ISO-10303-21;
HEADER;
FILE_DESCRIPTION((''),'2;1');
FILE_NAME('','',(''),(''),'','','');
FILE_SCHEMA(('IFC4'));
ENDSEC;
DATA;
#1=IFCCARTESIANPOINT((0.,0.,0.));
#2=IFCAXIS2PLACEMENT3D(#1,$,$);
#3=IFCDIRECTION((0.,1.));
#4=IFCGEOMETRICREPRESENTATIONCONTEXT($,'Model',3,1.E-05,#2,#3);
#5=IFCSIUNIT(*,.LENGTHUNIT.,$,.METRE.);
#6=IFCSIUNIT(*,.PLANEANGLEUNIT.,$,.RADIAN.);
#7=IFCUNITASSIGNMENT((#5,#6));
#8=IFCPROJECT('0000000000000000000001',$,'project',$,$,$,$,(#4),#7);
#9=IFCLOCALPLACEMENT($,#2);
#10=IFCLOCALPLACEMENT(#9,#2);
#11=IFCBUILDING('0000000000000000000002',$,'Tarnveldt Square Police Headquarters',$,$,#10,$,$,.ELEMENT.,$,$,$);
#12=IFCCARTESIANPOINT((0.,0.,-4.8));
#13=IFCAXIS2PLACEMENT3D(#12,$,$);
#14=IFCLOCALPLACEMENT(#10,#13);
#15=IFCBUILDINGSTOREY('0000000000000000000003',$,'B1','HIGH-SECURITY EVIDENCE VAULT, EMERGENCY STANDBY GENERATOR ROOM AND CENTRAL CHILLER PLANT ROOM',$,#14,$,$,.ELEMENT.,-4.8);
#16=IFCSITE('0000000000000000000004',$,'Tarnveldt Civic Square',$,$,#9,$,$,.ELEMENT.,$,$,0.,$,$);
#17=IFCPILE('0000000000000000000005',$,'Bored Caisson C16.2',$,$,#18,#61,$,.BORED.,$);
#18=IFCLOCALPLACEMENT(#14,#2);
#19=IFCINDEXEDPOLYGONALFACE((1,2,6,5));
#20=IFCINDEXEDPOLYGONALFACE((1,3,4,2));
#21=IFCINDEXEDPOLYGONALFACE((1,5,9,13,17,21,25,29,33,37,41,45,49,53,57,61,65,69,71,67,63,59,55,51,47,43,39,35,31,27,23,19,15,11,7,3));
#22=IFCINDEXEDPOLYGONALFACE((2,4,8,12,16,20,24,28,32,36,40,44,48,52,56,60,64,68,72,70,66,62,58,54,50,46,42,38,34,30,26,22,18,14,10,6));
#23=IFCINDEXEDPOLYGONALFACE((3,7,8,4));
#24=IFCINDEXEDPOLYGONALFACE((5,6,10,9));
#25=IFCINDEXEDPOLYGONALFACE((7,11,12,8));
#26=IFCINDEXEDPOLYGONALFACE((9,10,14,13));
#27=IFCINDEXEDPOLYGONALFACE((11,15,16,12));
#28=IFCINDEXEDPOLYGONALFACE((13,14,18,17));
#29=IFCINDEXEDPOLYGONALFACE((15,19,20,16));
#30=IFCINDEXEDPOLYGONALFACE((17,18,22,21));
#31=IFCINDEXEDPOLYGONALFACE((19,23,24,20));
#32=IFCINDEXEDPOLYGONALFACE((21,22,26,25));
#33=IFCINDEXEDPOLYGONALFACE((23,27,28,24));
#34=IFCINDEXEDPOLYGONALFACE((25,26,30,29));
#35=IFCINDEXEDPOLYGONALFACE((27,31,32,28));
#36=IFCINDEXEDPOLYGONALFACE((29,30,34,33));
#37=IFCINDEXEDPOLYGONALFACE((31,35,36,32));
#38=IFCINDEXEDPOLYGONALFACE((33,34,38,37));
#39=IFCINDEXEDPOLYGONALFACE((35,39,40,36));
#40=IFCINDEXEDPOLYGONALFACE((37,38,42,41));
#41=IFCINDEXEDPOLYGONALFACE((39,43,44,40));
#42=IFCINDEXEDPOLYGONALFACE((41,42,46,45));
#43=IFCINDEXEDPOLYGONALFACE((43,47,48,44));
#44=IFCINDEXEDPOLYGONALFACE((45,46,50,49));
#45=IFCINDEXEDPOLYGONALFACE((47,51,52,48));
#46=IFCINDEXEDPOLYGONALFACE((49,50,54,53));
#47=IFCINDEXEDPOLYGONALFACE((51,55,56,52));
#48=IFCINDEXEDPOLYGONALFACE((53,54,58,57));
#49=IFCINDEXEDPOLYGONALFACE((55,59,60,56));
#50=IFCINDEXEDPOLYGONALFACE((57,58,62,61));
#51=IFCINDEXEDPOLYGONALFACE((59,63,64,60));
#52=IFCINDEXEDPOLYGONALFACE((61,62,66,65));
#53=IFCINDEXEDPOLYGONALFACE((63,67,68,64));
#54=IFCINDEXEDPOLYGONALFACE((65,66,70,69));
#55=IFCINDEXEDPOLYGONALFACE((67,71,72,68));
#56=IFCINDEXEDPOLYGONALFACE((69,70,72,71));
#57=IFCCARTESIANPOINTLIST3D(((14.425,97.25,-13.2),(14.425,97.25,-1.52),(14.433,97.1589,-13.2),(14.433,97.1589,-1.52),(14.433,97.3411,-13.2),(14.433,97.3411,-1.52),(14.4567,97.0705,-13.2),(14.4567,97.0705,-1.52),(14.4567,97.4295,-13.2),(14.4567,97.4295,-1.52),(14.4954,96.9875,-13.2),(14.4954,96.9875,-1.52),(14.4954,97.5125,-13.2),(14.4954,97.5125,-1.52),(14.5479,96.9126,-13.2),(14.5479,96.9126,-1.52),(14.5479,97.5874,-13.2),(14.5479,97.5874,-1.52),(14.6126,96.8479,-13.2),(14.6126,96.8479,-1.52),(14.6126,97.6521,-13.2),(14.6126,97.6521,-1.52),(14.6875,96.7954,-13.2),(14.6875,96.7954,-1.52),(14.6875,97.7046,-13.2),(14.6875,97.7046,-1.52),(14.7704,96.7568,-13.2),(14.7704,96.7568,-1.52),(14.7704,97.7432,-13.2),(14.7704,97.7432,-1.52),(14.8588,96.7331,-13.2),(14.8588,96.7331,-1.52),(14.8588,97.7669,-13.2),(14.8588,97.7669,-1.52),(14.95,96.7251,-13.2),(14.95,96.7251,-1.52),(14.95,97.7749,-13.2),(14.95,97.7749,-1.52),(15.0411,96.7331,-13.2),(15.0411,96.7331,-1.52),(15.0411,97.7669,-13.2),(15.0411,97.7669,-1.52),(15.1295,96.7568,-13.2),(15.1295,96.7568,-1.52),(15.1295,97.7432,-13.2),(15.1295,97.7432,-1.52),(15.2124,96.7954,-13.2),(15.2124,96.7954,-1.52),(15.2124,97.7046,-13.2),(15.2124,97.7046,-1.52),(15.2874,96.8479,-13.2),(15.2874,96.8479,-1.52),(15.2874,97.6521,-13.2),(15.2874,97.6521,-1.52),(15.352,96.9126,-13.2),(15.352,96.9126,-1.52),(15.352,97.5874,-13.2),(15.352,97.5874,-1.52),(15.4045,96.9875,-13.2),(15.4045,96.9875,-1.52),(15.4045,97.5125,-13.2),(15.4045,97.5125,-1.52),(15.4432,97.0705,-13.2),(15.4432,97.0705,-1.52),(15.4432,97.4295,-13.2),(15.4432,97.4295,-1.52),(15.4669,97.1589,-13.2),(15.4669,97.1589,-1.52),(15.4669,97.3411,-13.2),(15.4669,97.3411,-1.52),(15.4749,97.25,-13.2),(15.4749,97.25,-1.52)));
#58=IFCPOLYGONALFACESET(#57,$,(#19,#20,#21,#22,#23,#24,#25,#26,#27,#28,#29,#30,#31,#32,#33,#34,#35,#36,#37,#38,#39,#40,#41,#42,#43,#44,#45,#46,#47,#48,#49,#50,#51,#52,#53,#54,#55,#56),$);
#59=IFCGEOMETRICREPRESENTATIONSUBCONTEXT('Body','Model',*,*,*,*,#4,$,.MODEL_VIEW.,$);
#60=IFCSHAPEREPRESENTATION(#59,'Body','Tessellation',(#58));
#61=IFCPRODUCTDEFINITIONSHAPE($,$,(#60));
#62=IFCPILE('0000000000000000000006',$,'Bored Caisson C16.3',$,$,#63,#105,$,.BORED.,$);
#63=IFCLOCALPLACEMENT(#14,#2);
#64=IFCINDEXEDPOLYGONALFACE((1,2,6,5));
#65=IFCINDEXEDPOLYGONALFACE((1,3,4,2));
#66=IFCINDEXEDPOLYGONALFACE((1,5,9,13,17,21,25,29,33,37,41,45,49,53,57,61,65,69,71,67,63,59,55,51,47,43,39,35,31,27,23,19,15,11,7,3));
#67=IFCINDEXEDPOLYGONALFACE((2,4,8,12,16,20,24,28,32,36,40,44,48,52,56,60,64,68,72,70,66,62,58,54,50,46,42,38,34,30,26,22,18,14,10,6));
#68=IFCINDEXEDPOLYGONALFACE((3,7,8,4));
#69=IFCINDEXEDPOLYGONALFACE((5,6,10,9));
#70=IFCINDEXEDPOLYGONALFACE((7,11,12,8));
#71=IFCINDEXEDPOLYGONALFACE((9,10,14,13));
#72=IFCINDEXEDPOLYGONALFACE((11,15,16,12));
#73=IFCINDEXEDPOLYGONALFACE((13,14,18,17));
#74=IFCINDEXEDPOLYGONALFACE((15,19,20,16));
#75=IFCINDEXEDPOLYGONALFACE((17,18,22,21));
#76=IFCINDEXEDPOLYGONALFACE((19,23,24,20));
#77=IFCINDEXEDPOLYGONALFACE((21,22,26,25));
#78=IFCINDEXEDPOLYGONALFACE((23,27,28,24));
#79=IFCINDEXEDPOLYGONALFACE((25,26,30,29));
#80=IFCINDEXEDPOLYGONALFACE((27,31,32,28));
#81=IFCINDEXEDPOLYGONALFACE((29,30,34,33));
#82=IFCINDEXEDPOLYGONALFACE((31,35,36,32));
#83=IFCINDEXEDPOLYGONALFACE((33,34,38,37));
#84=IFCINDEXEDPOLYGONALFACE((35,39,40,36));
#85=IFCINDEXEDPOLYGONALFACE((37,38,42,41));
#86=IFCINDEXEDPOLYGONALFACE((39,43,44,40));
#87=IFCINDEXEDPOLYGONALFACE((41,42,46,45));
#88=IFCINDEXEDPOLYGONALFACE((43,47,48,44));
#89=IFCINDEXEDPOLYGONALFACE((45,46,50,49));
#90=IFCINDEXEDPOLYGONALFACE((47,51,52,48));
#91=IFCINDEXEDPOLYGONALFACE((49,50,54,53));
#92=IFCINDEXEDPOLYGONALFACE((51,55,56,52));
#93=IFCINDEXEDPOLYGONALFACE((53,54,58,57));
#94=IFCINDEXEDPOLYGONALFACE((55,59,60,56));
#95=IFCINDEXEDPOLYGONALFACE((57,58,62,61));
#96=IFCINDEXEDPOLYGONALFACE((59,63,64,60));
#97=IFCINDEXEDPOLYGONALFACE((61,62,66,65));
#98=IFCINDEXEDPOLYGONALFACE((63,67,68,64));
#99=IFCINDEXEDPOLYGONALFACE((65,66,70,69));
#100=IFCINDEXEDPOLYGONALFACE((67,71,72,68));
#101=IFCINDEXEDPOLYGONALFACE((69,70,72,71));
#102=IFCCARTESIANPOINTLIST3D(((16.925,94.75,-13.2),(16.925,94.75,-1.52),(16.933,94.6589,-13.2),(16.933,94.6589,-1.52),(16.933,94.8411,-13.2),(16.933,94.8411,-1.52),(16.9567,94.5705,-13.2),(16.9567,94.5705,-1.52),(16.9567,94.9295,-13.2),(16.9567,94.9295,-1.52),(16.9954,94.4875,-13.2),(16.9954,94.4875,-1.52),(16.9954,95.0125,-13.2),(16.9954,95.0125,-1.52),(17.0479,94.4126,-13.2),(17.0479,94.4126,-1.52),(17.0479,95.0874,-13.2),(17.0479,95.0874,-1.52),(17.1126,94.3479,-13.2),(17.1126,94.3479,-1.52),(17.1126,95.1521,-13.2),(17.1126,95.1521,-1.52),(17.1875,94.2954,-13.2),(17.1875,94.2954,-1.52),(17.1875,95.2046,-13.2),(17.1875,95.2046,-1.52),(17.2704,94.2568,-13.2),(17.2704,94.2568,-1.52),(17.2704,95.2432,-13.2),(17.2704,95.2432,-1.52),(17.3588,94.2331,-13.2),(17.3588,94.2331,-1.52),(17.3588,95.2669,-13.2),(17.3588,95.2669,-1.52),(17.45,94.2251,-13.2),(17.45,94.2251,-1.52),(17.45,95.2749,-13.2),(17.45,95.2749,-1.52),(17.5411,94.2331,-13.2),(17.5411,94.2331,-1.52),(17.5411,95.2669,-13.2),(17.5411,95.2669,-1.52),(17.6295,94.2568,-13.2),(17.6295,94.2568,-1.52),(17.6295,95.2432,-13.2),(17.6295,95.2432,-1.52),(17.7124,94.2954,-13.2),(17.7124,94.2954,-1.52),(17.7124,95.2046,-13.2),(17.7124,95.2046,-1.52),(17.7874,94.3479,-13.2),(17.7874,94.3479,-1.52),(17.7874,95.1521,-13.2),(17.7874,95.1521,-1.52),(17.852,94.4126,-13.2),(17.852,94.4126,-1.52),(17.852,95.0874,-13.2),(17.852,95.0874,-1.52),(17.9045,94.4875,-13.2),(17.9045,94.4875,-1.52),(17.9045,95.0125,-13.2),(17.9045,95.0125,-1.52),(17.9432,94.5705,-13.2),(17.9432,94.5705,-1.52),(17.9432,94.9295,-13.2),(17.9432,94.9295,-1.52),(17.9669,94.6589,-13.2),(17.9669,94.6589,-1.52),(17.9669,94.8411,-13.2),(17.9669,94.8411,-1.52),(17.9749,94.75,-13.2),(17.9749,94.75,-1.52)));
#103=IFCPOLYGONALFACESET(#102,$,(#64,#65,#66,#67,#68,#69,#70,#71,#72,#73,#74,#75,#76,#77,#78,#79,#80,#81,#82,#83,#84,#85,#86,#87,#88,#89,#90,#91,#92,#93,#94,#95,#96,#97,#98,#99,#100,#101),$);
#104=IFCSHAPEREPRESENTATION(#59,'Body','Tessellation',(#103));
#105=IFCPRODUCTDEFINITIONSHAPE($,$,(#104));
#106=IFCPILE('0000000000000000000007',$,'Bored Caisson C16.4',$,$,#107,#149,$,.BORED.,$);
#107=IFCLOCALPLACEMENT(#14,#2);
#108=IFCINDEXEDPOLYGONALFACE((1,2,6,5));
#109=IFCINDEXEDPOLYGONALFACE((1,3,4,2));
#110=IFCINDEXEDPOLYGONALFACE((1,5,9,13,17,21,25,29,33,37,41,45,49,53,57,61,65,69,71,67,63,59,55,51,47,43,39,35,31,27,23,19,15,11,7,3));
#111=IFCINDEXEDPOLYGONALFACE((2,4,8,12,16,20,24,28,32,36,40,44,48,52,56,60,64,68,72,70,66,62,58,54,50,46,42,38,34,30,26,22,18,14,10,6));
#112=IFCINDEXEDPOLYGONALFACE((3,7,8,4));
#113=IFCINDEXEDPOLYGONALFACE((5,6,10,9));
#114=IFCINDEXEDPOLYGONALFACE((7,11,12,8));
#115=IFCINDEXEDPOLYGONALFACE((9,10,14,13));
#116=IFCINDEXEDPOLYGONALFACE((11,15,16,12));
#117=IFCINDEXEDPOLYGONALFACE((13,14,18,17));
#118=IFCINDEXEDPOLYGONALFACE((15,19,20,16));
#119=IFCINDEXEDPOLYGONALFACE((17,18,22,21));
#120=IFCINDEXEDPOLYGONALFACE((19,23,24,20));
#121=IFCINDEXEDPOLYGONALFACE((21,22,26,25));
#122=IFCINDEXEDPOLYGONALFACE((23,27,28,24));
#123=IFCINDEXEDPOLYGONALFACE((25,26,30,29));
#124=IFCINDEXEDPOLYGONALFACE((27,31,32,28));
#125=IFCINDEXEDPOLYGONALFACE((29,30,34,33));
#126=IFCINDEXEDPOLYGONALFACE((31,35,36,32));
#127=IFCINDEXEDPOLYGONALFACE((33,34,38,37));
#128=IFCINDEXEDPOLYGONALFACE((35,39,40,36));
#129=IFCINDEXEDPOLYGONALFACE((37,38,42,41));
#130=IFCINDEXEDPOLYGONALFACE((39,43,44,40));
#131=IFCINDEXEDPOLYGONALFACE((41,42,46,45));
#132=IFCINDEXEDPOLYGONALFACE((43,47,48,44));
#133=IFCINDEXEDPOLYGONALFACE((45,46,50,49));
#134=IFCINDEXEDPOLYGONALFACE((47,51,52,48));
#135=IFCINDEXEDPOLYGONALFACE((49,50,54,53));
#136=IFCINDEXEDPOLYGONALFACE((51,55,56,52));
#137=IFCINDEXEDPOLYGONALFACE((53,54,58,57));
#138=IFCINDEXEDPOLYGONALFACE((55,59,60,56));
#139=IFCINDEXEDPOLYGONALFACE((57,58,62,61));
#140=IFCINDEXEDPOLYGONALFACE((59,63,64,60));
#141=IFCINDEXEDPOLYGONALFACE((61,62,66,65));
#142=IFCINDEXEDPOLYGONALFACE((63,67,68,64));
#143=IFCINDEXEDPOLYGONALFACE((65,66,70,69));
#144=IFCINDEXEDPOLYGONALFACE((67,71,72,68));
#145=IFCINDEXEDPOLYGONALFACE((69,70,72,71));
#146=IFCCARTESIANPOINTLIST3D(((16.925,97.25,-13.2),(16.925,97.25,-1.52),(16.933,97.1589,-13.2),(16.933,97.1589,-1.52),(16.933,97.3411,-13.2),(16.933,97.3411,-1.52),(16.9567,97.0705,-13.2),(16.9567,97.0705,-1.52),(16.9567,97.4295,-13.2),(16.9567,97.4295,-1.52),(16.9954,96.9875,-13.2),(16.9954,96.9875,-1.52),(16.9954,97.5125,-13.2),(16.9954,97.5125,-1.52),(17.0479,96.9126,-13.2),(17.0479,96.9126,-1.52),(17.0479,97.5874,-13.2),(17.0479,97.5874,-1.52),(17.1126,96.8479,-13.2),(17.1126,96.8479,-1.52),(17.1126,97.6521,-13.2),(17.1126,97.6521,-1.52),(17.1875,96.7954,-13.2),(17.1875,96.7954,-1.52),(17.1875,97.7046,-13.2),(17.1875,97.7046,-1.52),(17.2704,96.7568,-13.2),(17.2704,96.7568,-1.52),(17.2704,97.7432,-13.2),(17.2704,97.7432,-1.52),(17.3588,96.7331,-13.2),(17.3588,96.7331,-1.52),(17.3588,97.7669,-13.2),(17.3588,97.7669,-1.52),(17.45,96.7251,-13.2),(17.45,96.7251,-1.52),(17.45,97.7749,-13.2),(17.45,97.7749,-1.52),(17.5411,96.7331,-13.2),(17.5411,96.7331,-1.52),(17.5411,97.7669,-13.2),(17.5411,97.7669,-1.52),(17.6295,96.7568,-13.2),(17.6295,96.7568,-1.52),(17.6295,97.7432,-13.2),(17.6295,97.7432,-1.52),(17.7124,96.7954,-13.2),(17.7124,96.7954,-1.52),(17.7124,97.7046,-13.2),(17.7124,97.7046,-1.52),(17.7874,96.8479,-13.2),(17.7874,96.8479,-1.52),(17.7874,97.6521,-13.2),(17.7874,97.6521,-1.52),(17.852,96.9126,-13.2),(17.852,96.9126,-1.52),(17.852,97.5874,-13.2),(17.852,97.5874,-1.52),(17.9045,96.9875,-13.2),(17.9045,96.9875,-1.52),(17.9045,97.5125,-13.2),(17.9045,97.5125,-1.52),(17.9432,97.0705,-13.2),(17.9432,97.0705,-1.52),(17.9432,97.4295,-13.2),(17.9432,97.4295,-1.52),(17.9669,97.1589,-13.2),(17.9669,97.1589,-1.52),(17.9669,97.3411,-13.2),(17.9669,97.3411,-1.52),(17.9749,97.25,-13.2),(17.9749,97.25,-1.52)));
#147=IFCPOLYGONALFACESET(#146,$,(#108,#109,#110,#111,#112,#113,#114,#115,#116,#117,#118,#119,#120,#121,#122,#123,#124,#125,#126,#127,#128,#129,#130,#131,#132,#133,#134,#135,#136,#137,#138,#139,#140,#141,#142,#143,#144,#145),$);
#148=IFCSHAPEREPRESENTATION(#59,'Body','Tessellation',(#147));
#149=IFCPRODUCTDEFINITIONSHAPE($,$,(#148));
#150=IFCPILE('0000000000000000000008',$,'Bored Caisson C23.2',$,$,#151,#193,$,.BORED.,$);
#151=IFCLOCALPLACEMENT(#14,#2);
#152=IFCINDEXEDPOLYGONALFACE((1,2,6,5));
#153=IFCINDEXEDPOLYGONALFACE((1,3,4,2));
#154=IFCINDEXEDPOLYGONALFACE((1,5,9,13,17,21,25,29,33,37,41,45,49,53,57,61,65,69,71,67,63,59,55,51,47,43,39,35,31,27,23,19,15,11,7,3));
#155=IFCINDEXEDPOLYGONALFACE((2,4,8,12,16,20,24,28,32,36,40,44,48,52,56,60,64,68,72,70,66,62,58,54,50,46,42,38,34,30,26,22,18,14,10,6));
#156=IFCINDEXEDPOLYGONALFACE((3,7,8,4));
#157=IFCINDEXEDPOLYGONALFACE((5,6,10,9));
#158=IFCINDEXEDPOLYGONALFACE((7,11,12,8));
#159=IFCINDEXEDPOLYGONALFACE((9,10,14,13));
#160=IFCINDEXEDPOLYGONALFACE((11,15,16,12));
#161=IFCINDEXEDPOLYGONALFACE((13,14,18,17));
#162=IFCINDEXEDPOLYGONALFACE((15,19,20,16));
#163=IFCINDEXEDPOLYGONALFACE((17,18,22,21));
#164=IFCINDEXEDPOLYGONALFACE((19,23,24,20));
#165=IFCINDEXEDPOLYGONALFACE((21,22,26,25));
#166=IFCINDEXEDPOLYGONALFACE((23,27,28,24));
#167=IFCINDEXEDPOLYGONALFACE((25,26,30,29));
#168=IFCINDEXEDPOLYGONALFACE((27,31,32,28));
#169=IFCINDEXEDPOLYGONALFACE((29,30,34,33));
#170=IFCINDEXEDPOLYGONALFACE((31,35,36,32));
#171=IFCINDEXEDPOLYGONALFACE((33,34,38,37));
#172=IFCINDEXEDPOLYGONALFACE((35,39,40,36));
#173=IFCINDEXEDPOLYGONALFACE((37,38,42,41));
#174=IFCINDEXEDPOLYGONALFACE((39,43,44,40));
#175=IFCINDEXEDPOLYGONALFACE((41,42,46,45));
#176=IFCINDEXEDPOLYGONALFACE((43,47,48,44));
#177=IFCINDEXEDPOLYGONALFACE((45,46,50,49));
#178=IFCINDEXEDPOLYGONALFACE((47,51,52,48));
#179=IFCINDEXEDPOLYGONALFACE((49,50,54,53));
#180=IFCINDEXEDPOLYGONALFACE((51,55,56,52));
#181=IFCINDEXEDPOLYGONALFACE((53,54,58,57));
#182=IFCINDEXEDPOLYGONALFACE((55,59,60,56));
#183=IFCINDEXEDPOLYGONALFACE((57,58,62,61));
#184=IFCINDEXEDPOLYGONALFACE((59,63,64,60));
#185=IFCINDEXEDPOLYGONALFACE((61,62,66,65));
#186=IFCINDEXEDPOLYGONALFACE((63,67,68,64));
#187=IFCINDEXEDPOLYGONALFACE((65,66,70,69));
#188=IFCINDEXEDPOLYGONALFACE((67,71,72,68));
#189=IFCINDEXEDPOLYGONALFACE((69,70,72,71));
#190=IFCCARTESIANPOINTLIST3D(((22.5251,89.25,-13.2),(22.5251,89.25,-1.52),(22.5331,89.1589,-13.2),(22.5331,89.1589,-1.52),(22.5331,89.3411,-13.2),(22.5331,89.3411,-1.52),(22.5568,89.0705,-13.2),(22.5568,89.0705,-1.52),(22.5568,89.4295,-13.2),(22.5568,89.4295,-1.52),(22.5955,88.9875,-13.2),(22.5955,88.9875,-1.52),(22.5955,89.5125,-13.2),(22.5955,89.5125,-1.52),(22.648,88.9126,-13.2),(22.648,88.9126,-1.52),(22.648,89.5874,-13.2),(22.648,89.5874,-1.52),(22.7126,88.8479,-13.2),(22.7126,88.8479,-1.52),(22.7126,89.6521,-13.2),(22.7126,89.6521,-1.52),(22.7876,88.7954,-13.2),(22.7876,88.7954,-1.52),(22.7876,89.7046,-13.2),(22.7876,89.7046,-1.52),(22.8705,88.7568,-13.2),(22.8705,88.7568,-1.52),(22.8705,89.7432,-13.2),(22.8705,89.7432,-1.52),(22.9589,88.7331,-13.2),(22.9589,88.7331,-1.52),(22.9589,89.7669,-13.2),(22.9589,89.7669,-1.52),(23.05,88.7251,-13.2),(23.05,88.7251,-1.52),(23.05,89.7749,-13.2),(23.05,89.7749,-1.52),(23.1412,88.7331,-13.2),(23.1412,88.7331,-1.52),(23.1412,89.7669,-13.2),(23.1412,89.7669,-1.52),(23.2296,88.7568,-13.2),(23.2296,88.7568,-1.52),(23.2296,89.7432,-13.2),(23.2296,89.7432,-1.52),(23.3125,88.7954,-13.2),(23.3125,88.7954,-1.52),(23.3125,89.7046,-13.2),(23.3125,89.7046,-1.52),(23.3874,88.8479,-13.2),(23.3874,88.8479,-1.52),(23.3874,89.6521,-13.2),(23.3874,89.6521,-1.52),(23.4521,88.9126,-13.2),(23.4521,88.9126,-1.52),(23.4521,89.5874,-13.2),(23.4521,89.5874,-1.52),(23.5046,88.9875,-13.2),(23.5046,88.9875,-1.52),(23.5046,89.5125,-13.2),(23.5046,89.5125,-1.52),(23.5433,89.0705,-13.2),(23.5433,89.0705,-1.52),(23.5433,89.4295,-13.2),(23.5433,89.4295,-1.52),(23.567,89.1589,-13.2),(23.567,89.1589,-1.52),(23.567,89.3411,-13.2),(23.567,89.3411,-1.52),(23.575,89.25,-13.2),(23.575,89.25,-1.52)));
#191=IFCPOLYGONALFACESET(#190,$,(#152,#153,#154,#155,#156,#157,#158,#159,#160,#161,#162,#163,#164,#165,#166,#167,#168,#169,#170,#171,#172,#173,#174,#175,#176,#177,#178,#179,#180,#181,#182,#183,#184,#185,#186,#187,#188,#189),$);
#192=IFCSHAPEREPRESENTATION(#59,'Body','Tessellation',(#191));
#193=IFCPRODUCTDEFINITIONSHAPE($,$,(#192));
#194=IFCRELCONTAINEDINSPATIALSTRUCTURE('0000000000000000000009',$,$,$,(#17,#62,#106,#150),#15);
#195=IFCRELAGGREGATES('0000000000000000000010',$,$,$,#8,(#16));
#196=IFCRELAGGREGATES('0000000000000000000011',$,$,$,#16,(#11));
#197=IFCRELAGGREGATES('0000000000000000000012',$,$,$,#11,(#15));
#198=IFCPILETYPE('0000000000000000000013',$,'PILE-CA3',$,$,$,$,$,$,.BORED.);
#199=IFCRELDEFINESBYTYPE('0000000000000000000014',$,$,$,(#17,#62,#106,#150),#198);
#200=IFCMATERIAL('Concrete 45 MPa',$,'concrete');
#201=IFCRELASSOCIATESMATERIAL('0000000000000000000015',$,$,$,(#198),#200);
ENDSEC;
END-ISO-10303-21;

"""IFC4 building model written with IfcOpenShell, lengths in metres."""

from ifc_helpers import new_model, si_unit, direction, frame, origin, origin_2d, place, context, subcontext, project, spatial, circle, extrude, material, material_profile, profile_set, type_object, element, save


model = new_model("IFC4")

# Units and contexts
model_context = context("Model", 3, precision=1e-05, world=origin(), true_north=direction((0.0, 1.0)))
body_context = subcontext(model_context, "Body", "Model", "MODEL_VIEW")
ifc_project = project(units=[si_unit("LENGTHUNIT", "METRE"), si_unit("PLANEANGLEUNIT", "RADIAN")], contexts=[model_context])

# Site, building, storey
site_placement = place(None, origin())
site = spatial("IfcSite", under=ifc_project, at=site_placement, Name="Tarnveldt Civic Square", CompositionType="ELEMENT", RefElevation=0.0)
building_placement = place(site_placement, origin())
building = spatial("IfcBuilding", under=site, at=building_placement, Name="Tarnveldt Square Police Headquarters", CompositionType="ELEMENT")
storey_placement = place(building_placement, frame((0.0, 0.0, -4.8)))
storey = spatial("IfcBuildingStorey", under=building, at=storey_placement, Name="B1", Description="HIGH-SECURITY EVIDENCE VAULT, EMERGENCY STANDBY GENERATOR ROOM AND CENTRAL CHILLER PLANT ROOM", CompositionType="ELEMENT", Elevation=-4.8)

# Shared definitions
ifc_material_1 = material(Name="Concrete 45 MPa", Category="concrete")

# Piles
ifc_material_profile_1 = material_profile(ifc_material_1, circle(Radius=0.5249, at=origin_2d()), Name="CAISSON-D1050")
ifc_profile_set_1 = profile_set([ifc_material_profile_1], Name="Concrete 45 MPa")
pile_type = type_object("IfcPileType", Name="PILE-CA3", PredefinedType="BORED", material=ifc_profile_set_1)
for number, where, z_axis, x_axis, name in (
    (1, (14.95, 97.25, -1.52), (0.0, 0.0, -1.0), (1.0, 0.0, 0.0), "Bored Caisson C16.2"),
    (2, (17.45, 94.75, -1.52), (0.0, 0.0, -1.0), (1.0, 0.0, 0.0), "Bored Caisson C16.3"),
    (3, (17.45, 97.25, -1.52), (0.0, 0.0, -1.0), (1.0, 0.0, 0.0), "Bored Caisson C16.4"),
    (4, (23.05, 89.25, -1.52), (0.0, 0.0, -1.0), (1.0, 0.0, 0.0), "Bored Caisson C23.2"),
):
    element("IfcPile", number, at=place(storey_placement, frame(where, z_axis=z_axis, x_axis=x_axis)), inside=storey, type_object=pile_type, Name=name, PredefinedType="BORED", context=body_context, shape_type="SweptSolid", body=[
        extrude(circle(Radius=0.5249, at=origin_2d()), origin(), (0.0, 0.0, 1.0), 11.6799),
    ])

save(model, "model.ifc")
